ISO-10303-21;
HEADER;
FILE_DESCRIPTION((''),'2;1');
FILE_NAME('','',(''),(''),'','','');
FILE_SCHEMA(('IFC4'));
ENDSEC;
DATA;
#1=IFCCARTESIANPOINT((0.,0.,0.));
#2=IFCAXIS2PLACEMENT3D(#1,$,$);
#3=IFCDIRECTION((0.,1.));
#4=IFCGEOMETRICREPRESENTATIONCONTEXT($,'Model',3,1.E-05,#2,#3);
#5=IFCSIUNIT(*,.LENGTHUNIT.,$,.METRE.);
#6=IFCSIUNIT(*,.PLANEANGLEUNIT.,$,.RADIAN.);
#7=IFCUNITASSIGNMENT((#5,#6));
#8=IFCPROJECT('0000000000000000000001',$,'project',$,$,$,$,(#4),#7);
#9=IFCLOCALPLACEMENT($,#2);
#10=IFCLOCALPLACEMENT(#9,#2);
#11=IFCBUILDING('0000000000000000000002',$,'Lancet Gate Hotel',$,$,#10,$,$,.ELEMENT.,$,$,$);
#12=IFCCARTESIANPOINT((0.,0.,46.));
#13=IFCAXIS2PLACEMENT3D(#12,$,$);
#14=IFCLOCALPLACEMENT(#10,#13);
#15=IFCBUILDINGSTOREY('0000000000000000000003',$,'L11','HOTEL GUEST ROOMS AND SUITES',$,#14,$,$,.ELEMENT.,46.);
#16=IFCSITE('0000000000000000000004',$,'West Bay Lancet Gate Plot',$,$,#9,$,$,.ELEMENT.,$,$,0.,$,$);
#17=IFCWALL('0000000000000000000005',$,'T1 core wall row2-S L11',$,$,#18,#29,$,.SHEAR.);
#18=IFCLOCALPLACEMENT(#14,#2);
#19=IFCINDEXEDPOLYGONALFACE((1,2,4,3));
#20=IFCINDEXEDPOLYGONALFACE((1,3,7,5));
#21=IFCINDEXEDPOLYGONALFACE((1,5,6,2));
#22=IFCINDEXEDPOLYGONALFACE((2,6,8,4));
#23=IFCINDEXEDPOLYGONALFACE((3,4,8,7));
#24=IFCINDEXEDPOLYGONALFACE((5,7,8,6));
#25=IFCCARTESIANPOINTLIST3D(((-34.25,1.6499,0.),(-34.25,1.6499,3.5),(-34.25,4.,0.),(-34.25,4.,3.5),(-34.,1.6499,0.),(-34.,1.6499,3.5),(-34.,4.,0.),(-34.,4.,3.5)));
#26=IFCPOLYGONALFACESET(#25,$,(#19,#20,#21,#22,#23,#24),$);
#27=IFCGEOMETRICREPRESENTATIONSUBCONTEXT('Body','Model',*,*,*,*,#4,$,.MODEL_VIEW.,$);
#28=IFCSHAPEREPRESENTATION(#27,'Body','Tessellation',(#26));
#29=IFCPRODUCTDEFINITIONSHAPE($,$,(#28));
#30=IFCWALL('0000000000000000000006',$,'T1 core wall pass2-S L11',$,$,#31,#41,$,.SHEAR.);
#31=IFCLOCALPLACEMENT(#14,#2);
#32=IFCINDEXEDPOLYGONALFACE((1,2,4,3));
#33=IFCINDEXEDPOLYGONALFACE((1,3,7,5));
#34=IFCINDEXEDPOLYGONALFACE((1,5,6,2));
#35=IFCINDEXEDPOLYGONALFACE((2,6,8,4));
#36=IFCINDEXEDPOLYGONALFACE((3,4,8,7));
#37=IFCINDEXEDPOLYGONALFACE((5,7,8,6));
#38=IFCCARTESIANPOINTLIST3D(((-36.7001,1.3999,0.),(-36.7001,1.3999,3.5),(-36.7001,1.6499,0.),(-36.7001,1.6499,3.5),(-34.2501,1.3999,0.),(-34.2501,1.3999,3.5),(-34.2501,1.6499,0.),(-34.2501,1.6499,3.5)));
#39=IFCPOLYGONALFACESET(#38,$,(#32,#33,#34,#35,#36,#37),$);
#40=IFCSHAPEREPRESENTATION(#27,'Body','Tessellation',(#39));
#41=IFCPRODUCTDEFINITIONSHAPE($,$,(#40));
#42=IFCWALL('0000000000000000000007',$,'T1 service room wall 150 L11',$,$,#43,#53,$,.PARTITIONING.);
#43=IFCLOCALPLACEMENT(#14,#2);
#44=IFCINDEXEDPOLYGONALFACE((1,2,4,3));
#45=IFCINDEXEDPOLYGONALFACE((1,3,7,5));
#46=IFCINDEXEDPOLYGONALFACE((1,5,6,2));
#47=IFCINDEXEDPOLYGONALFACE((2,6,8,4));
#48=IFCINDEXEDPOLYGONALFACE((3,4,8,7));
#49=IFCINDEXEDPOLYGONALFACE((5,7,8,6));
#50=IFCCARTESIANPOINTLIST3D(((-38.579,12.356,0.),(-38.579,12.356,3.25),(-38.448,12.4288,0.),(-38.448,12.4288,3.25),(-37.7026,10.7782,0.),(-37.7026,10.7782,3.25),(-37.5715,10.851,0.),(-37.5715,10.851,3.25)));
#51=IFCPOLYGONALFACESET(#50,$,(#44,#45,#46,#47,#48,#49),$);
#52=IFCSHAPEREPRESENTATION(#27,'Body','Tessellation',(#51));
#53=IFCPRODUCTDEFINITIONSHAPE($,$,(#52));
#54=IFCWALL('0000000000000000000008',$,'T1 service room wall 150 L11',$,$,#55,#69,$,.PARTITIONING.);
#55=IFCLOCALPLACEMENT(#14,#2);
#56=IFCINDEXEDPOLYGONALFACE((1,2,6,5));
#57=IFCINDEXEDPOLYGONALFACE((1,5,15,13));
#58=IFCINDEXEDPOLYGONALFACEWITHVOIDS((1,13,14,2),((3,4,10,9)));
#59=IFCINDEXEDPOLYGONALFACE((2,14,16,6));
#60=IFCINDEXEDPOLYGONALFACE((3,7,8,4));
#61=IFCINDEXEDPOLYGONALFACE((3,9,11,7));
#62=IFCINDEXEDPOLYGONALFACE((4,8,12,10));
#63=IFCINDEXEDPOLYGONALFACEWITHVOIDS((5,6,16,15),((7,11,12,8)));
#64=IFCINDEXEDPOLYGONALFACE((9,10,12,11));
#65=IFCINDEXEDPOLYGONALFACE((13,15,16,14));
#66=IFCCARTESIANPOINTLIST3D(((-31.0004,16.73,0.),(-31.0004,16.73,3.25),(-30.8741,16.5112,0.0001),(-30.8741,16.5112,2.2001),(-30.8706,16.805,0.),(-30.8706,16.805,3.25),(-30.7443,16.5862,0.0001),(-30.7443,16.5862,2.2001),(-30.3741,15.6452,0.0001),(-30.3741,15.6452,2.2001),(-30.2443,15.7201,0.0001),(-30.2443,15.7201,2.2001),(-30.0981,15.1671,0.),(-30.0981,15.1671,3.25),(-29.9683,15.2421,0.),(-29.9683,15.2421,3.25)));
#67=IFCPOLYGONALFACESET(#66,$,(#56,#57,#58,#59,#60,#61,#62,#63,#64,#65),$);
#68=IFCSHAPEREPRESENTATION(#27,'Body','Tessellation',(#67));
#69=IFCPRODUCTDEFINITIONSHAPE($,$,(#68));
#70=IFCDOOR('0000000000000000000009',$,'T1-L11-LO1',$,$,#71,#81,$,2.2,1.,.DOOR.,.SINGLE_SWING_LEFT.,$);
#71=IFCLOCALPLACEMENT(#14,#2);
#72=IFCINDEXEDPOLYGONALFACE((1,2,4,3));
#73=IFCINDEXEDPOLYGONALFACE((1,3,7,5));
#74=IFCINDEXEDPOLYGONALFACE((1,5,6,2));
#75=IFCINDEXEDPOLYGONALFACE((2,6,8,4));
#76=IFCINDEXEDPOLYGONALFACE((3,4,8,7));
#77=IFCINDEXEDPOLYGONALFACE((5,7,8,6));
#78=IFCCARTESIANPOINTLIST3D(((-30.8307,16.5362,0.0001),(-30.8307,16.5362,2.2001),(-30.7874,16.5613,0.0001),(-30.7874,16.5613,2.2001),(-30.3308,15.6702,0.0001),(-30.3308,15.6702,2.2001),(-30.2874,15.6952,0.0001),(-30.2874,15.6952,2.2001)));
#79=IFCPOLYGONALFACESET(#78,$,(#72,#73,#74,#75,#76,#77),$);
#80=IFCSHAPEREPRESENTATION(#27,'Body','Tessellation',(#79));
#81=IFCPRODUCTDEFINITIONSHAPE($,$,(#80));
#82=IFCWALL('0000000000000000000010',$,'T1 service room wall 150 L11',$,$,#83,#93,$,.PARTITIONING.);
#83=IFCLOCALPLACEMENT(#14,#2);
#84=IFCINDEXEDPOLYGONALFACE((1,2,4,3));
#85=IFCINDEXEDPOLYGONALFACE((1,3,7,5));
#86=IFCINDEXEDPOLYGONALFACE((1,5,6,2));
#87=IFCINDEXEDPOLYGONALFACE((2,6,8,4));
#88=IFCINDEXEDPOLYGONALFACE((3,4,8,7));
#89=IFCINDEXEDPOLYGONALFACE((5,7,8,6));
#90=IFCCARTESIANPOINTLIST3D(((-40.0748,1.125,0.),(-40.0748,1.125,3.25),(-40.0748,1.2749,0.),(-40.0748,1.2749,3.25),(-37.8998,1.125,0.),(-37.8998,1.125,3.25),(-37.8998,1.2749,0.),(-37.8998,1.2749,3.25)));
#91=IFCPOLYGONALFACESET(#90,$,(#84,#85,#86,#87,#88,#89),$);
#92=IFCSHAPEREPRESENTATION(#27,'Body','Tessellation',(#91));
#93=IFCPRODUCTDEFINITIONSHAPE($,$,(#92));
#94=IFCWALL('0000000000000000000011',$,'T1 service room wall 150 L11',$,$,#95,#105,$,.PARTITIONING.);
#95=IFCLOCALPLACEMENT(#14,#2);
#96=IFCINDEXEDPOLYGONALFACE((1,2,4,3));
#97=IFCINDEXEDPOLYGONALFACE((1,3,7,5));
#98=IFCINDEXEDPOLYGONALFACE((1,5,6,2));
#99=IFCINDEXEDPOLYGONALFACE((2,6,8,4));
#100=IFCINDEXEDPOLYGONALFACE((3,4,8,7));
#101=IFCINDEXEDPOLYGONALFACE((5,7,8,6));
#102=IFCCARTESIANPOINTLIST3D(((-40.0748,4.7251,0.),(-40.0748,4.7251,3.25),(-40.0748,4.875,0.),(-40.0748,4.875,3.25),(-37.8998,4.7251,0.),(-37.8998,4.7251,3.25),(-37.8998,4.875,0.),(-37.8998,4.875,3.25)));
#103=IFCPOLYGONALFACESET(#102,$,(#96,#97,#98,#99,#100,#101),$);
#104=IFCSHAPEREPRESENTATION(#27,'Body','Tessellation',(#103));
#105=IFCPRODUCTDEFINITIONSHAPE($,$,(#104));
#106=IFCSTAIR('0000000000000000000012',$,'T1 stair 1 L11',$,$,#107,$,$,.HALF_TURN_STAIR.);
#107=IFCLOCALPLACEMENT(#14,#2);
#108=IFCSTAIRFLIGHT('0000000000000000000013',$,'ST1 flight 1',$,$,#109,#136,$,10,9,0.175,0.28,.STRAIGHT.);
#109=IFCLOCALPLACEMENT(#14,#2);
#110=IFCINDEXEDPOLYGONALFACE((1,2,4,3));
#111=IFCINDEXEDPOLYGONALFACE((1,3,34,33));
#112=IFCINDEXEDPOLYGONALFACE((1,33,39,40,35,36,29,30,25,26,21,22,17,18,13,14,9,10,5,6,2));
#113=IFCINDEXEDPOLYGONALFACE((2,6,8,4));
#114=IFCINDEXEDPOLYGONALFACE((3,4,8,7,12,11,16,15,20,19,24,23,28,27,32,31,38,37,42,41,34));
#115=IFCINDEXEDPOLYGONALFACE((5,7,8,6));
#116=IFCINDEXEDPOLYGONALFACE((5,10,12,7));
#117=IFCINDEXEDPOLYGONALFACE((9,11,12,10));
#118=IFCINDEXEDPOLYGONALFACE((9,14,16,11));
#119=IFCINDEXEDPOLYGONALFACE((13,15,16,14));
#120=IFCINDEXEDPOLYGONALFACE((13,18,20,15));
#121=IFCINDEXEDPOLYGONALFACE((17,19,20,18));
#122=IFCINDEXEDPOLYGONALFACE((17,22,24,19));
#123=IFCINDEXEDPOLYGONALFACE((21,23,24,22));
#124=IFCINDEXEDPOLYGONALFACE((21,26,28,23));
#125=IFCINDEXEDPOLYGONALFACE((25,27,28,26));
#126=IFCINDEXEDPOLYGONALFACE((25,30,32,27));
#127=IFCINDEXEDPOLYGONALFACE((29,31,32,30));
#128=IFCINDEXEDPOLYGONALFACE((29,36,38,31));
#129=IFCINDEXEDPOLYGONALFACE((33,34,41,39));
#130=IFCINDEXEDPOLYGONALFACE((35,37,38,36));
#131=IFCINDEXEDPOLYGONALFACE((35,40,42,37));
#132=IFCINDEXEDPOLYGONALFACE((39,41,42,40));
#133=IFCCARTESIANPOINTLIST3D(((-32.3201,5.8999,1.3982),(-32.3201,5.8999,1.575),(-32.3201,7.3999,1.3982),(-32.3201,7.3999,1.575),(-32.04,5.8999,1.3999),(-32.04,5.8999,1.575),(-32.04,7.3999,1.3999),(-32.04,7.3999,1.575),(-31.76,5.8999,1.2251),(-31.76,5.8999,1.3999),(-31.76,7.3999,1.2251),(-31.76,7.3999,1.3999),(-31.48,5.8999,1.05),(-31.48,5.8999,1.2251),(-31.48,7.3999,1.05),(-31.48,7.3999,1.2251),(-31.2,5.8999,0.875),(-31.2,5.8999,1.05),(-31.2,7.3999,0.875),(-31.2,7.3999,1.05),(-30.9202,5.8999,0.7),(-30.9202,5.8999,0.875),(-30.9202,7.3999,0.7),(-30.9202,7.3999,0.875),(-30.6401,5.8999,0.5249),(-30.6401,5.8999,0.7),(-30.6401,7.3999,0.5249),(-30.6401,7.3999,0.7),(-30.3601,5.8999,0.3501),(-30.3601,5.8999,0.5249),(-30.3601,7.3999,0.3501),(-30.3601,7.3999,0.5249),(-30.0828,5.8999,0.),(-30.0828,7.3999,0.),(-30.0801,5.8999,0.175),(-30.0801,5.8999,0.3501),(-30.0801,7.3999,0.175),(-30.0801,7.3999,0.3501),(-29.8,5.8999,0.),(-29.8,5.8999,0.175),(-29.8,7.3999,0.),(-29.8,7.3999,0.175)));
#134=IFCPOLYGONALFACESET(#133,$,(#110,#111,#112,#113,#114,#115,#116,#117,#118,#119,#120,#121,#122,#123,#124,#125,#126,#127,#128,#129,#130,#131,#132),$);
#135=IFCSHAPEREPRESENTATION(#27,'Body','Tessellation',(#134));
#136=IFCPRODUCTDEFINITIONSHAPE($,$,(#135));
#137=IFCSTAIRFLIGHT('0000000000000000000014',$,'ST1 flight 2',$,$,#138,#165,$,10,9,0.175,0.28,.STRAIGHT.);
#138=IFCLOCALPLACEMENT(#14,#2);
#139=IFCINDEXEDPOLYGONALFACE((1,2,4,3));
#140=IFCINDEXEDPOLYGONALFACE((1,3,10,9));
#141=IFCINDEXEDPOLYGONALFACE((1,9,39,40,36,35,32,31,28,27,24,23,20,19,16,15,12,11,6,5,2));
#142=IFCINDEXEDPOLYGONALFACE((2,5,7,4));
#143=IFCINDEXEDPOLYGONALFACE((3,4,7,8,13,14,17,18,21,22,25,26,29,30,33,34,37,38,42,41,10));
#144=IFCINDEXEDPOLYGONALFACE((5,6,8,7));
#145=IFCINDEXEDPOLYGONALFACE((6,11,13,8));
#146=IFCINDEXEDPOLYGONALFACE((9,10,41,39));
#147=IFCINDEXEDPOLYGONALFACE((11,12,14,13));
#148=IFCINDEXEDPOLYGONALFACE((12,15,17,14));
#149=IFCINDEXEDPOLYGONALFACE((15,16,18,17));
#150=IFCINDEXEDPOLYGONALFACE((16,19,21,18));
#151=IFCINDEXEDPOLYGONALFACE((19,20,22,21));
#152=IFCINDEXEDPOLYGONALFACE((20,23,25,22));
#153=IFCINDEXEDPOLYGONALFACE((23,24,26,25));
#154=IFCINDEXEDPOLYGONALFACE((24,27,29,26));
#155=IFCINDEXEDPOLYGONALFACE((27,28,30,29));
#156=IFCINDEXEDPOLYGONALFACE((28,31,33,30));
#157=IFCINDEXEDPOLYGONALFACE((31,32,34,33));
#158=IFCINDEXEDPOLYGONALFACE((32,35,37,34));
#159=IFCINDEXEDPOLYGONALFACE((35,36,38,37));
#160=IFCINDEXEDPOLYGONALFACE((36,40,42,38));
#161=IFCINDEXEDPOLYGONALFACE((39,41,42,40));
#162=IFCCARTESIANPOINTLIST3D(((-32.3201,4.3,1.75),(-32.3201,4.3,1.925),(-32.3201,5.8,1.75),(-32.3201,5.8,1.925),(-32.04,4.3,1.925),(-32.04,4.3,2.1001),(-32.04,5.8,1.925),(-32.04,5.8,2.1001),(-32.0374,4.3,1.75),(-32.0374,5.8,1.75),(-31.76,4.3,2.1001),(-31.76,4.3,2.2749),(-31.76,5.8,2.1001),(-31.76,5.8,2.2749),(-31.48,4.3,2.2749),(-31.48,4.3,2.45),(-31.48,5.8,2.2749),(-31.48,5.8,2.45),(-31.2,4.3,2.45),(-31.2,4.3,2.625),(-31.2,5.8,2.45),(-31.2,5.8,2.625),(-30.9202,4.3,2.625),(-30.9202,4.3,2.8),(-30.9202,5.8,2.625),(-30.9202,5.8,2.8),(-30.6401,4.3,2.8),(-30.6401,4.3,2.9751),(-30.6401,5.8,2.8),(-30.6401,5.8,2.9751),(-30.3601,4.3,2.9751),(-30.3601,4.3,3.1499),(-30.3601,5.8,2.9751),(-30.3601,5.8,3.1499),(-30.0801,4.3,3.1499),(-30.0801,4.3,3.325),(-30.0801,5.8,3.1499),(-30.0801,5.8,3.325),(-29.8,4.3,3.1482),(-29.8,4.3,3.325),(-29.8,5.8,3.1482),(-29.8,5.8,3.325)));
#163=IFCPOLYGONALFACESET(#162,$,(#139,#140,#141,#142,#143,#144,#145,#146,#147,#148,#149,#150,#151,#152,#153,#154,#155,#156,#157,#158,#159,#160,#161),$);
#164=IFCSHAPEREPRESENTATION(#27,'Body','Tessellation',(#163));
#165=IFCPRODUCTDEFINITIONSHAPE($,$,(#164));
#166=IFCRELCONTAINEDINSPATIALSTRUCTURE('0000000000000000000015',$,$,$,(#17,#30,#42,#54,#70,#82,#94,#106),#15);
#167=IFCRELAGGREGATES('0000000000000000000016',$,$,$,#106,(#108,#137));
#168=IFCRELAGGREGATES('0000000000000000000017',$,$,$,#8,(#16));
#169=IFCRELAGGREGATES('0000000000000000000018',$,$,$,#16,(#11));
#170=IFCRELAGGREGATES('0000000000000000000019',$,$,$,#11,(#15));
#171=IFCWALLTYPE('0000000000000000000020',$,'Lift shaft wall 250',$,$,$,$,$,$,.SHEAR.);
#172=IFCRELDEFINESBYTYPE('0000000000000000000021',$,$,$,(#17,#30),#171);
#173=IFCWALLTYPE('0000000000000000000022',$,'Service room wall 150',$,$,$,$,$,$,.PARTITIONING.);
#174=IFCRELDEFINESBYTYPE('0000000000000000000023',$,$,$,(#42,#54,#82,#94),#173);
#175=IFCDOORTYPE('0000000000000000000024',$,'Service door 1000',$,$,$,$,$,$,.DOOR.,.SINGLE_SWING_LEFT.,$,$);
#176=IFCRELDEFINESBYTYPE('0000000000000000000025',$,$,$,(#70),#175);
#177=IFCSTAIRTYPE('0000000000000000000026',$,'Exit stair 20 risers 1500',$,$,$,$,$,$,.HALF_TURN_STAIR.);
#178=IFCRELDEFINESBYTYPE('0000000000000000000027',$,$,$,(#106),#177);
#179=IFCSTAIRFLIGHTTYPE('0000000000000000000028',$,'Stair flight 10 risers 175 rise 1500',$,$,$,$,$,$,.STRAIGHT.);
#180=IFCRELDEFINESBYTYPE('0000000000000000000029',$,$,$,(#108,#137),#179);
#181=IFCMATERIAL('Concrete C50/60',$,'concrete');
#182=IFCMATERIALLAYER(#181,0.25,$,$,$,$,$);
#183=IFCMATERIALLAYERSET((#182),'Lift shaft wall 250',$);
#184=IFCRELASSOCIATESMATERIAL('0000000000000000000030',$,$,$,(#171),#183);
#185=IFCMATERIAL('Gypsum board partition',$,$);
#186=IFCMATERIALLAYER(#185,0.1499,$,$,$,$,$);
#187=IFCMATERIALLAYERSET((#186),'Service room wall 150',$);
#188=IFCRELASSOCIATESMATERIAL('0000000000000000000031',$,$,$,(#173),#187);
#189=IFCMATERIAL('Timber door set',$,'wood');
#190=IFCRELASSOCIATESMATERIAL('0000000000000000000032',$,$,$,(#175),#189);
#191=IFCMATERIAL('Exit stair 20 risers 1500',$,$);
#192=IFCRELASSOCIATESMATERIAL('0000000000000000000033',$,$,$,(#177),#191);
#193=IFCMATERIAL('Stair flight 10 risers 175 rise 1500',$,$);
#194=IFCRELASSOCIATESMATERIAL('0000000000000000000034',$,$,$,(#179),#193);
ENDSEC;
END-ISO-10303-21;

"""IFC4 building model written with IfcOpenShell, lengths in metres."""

from ifc_helpers import new_model, si_unit, direction, frame, frame_2d, origin, place, context, subcontext, project, spatial, polyline, rectangle, outline, extrude, material, layer, layer_set, type_object, element, fill, aggregate, save


model = new_model("IFC4")

# Units and contexts
model_context = context("Model", 3, precision=1e-05, world=origin(), true_north=direction((0.0, 1.0)))
body_context = subcontext(model_context, "Body", "Model", "MODEL_VIEW")
ifc_project = project(units=[si_unit("LENGTHUNIT", "METRE"), si_unit("PLANEANGLEUNIT", "RADIAN")], contexts=[model_context])

# Site, building, storey
site_placement = place(None, origin())
site = spatial("IfcSite", under=ifc_project, at=site_placement, Name="West Bay Lancet Gate Plot", CompositionType="ELEMENT", RefElevation=0.0)
building_placement = place(site_placement, origin())
building = spatial("IfcBuilding", under=site, at=building_placement, Name="Lancet Gate Hotel", CompositionType="ELEMENT")
storey_placement = place(building_placement, frame((0.0, 0.0, 46.0)))
storey = spatial("IfcBuildingStorey", under=building, at=storey_placement, Name="L11", Description="HOTEL GUEST ROOMS AND SUITES", CompositionType="ELEMENT", Elevation=46.0)

# Shared definitions
ifc_material_1 = material(Name="Concrete C50/60", Category="concrete")
ifc_layer_1 = layer(ifc_material_1, 0.25)
ifc_layer_set_1 = layer_set([ifc_layer_1], Name="Lift shaft wall 250")
wall_type_1 = type_object("IfcWallType", Name="Lift shaft wall 250", PredefinedType="SHEAR", material=ifc_layer_set_1)

# Walls
wall_1_placement = place(storey_placement, frame((-34.125, 4.0, 0.0), z_axis=(0.0, 0.0, 1.0), x_axis=(0.0, -1.0, 0.0)))
element("IfcWall", 1, at=wall_1_placement, inside=storey, type_object=wall_type_1, Name="T1 core wall row2-S L11", PredefinedType="SHEAR", context=body_context, shape_type="SweptSolid", body=[
    extrude(rectangle(XDim=2.3501, YDim=0.25, at=frame_2d((1.175, 0.0))), origin(), (0.0, 0.0, 1.0), 3.5),
])
wall_2_placement = place(storey_placement, frame((-34.25, 1.5249, 0.0), z_axis=(0.0, 0.0, 1.0), x_axis=(-1.0, 0.0, 0.0)))
element("IfcWall", 2, at=wall_2_placement, inside=storey, type_object=wall_type_1, Name="T1 core wall pass2-S L11", PredefinedType="SHEAR", context=body_context, shape_type="SweptSolid", body=[
    extrude(rectangle(XDim=2.45, YDim=0.25, at=frame_2d((1.2251, 0.0))), origin(), (0.0, 0.0, 1.0), 3.5),
])
ifc_material_2 = material(Name="Gypsum board partition")
ifc_layer_2 = layer(ifc_material_2, 0.1499)
ifc_layer_set_2 = layer_set([ifc_layer_2], Name="Service room wall 150")
wall_type_2 = type_object("IfcWallType", Name="Service room wall 150", PredefinedType="PARTITIONING", material=ifc_layer_set_2)
wall_3_placement = place(storey_placement, frame((-38.5134, 12.3923, 0.0), z_axis=(0.0, 0.0, 1.0), x_axis=(0.485586, -0.874189, 0.0)))
element("IfcWall", 3, at=wall_3_placement, inside=storey, type_object=wall_type_2, Name="T1 service room wall 150 L11", PredefinedType="PARTITIONING", context=body_context, shape_type="SweptSolid", body=[
    extrude(rectangle(XDim=1.8049, YDim=0.1499, at=frame_2d((0.9023, 0.0))), origin(), (0.0, 0.0, 1.0), 3.25),
])

# Wall, opening, door
wall_4_placement = place(storey_placement, frame((-30.0332, 15.2046, 0.0), z_axis=(0.0, 0.0, 1.0), x_axis=(-0.49998, 0.866037, 0.0)))
wall_4 = element("IfcWall", 4, at=wall_4_placement, inside=storey, type_object=wall_type_2, Name="T1 service room wall 150 L11", PredefinedType="PARTITIONING", context=body_context, shape_type="SweptSolid", body=[
    extrude(rectangle(XDim=1.8047, YDim=0.1499, at=frame_2d((0.9023, 0.0))), origin(), (0.0, 0.0, 1.0), 3.25),
])
opening_1_placement = place(wall_4_placement, frame((0.552, 0.0, 0.0)))
opening_1 = element("IfcOpeningElement", 5, at=opening_1_placement, cuts=wall_4, PredefinedType="OPENING", context=body_context, shape_type="SweptSolid", body=[
    extrude(rectangle(XDim=1.0, YDim=2.2, at=frame_2d((0.5, 1.1001))), frame((0.0, 0.085, 0.0), z_axis=(0.0, -1.0, 0.0), x_axis=(1.0, 0.0, 0.0)), (0.0, 0.0, 1.0), 0.1699),
])
ifc_material_3 = material(Name="Timber door set", Category="wood")
door_type_1 = type_object("IfcDoorType", Name="Service door 1000", OperationType="SINGLE_SWING_LEFT", PredefinedType="DOOR", material=ifc_material_3)
door_1_placement = place(opening_1_placement, origin())
door_1 = element("IfcDoor", 6, at=door_1_placement, inside=storey, type_object=door_type_1, Name="T1-L11-LO1", OperationType="SINGLE_SWING_LEFT", OverallHeight=2.2, OverallWidth=1.0, PredefinedType="DOOR", context=body_context, shape_type="SweptSolid", body=[
    extrude(rectangle(XDim=1.0, YDim=2.2, at=frame_2d((0.5, 1.1001))), frame((0.0, 0.0249, 0.0), z_axis=(0.0, -1.0, 0.0), x_axis=(1.0, 0.0, 0.0)), (0.0, 0.0, 1.0), 0.05),
])
fill(opening_1, door_1)

# Walls
for number, where, z_axis, x_axis, name in (
    (7, (-37.8999, 1.2, 0.0), (0.0, 0.0, 1.0), (-1.0, 0.0, 0.0), "T1 service room wall 150 L11"),
    (8, (-37.8999, 4.8, 0.0), (0.0, 0.0, 1.0), (-1.0, 0.0, 0.0), "T1 service room wall 150 L11"),
):
    element("IfcWall", number, at=place(storey_placement, frame(where, z_axis=z_axis, x_axis=x_axis)), inside=storey, type_object=wall_type_2, Name=name, PredefinedType="PARTITIONING", context=body_context, shape_type="SweptSolid", body=[
        extrude(rectangle(XDim=2.175, YDim=0.1499, at=frame_2d((1.0874, 0.0))), origin(), (0.0, 0.0, 1.0), 3.25),
    ])

# Stair, stair flights
ifc_material_4 = material(Name="Exit stair 20 risers 1500")
stair_type = type_object("IfcStairType", Name="Exit stair 20 risers 1500", PredefinedType="HALF_TURN_STAIR", material=ifc_material_4)
stair_placement = place(storey_placement, origin())
stair = element("IfcStair", 9, at=stair_placement, inside=storey, type_object=stair_type, Name="T1 stair 1 L11", PredefinedType="HALF_TURN_STAIR")
ifc_material_5 = material(Name="Stair flight 10 risers 175 rise 1500")
stair_flight_type = type_object("IfcStairFlightType", Name="Stair flight 10 risers 175 rise 1500", PredefinedType="STRAIGHT", material=ifc_material_5)
stair_flight_1_placement = place(storey_placement, frame((-29.8, 6.6499, 0.0), z_axis=(0.0, 0.0, 1.0), x_axis=(-1.0, 0.0, 0.0)))
stair_flight_1 = element("IfcStairFlight", 10, at=stair_flight_1_placement, type_object=stair_flight_type, Name="ST1 flight 1", NumberOfRisers=10, NumberOfTreads=9, PredefinedType="STRAIGHT", RiserHeight=0.175, TreadLength=0.28, context=body_context, shape_type="SweptSolid", body=[
    extrude(outline(polyline([(0.0, 0.0), (0.0, 0.175), (0.28, 0.175), (0.28, 0.3501), (0.5601, 0.3501), (0.5601, 0.5249), (0.8401, 0.5249), (0.8401, 0.7), (1.1201, 0.7), (1.1201, 0.875), (1.3999, 0.875), (1.3999, 1.05), (1.6799, 1.05), (1.6799, 1.2251), (1.96, 1.2251), (1.96, 1.3999), (2.24, 1.3999), (2.24, 1.575), (2.52, 1.575), (2.52, 1.75), (2.52, 1.3982), (0.2827, 0.0), (0.0, 0.0)])), frame((0.0, 0.75, 0.0), z_axis=(0.0, -1.0, 0.0), x_axis=(1.0, 0.0, 0.0)), (0.0, 0.0, 1.0), 1.5),
])
stair_flight_2_placement = place(storey_placement, frame((-32.3201, 5.05, 1.75), z_axis=(0.0, 0.0, 1.0), x_axis=(1.0, 0.0, 0.0)))
stair_flight_2 = element("IfcStairFlight", 11, at=stair_flight_2_placement, type_object=stair_flight_type, Name="ST1 flight 2", NumberOfRisers=10, NumberOfTreads=9, PredefinedType="STRAIGHT", RiserHeight=0.175, TreadLength=0.28, context=body_context, shape_type="SweptSolid", body=[
    extrude(outline(polyline([(0.0, 0.0), (0.0, 0.175), (0.28, 0.175), (0.28, 0.3501), (0.5601, 0.3501), (0.5601, 0.5249), (0.8401, 0.5249), (0.8401, 0.7), (1.1201, 0.7), (1.1201, 0.875), (1.3999, 0.875), (1.3999, 1.05), (1.6799, 1.05), (1.6799, 1.2251), (1.96, 1.2251), (1.96, 1.3999), (2.24, 1.3999), (2.24, 1.575), (2.52, 1.575), (2.52, 1.75), (2.52, 1.3982), (0.2827, 0.0), (0.0, 0.0)])), frame((0.0, 0.75, 0.0), z_axis=(0.0, -1.0, 0.0), x_axis=(1.0, 0.0, 0.0)), (0.0, 0.0, 1.0), 1.5),
])
aggregate(stair, [stair_flight_1, stair_flight_2])

save(model, "model.ifc")
